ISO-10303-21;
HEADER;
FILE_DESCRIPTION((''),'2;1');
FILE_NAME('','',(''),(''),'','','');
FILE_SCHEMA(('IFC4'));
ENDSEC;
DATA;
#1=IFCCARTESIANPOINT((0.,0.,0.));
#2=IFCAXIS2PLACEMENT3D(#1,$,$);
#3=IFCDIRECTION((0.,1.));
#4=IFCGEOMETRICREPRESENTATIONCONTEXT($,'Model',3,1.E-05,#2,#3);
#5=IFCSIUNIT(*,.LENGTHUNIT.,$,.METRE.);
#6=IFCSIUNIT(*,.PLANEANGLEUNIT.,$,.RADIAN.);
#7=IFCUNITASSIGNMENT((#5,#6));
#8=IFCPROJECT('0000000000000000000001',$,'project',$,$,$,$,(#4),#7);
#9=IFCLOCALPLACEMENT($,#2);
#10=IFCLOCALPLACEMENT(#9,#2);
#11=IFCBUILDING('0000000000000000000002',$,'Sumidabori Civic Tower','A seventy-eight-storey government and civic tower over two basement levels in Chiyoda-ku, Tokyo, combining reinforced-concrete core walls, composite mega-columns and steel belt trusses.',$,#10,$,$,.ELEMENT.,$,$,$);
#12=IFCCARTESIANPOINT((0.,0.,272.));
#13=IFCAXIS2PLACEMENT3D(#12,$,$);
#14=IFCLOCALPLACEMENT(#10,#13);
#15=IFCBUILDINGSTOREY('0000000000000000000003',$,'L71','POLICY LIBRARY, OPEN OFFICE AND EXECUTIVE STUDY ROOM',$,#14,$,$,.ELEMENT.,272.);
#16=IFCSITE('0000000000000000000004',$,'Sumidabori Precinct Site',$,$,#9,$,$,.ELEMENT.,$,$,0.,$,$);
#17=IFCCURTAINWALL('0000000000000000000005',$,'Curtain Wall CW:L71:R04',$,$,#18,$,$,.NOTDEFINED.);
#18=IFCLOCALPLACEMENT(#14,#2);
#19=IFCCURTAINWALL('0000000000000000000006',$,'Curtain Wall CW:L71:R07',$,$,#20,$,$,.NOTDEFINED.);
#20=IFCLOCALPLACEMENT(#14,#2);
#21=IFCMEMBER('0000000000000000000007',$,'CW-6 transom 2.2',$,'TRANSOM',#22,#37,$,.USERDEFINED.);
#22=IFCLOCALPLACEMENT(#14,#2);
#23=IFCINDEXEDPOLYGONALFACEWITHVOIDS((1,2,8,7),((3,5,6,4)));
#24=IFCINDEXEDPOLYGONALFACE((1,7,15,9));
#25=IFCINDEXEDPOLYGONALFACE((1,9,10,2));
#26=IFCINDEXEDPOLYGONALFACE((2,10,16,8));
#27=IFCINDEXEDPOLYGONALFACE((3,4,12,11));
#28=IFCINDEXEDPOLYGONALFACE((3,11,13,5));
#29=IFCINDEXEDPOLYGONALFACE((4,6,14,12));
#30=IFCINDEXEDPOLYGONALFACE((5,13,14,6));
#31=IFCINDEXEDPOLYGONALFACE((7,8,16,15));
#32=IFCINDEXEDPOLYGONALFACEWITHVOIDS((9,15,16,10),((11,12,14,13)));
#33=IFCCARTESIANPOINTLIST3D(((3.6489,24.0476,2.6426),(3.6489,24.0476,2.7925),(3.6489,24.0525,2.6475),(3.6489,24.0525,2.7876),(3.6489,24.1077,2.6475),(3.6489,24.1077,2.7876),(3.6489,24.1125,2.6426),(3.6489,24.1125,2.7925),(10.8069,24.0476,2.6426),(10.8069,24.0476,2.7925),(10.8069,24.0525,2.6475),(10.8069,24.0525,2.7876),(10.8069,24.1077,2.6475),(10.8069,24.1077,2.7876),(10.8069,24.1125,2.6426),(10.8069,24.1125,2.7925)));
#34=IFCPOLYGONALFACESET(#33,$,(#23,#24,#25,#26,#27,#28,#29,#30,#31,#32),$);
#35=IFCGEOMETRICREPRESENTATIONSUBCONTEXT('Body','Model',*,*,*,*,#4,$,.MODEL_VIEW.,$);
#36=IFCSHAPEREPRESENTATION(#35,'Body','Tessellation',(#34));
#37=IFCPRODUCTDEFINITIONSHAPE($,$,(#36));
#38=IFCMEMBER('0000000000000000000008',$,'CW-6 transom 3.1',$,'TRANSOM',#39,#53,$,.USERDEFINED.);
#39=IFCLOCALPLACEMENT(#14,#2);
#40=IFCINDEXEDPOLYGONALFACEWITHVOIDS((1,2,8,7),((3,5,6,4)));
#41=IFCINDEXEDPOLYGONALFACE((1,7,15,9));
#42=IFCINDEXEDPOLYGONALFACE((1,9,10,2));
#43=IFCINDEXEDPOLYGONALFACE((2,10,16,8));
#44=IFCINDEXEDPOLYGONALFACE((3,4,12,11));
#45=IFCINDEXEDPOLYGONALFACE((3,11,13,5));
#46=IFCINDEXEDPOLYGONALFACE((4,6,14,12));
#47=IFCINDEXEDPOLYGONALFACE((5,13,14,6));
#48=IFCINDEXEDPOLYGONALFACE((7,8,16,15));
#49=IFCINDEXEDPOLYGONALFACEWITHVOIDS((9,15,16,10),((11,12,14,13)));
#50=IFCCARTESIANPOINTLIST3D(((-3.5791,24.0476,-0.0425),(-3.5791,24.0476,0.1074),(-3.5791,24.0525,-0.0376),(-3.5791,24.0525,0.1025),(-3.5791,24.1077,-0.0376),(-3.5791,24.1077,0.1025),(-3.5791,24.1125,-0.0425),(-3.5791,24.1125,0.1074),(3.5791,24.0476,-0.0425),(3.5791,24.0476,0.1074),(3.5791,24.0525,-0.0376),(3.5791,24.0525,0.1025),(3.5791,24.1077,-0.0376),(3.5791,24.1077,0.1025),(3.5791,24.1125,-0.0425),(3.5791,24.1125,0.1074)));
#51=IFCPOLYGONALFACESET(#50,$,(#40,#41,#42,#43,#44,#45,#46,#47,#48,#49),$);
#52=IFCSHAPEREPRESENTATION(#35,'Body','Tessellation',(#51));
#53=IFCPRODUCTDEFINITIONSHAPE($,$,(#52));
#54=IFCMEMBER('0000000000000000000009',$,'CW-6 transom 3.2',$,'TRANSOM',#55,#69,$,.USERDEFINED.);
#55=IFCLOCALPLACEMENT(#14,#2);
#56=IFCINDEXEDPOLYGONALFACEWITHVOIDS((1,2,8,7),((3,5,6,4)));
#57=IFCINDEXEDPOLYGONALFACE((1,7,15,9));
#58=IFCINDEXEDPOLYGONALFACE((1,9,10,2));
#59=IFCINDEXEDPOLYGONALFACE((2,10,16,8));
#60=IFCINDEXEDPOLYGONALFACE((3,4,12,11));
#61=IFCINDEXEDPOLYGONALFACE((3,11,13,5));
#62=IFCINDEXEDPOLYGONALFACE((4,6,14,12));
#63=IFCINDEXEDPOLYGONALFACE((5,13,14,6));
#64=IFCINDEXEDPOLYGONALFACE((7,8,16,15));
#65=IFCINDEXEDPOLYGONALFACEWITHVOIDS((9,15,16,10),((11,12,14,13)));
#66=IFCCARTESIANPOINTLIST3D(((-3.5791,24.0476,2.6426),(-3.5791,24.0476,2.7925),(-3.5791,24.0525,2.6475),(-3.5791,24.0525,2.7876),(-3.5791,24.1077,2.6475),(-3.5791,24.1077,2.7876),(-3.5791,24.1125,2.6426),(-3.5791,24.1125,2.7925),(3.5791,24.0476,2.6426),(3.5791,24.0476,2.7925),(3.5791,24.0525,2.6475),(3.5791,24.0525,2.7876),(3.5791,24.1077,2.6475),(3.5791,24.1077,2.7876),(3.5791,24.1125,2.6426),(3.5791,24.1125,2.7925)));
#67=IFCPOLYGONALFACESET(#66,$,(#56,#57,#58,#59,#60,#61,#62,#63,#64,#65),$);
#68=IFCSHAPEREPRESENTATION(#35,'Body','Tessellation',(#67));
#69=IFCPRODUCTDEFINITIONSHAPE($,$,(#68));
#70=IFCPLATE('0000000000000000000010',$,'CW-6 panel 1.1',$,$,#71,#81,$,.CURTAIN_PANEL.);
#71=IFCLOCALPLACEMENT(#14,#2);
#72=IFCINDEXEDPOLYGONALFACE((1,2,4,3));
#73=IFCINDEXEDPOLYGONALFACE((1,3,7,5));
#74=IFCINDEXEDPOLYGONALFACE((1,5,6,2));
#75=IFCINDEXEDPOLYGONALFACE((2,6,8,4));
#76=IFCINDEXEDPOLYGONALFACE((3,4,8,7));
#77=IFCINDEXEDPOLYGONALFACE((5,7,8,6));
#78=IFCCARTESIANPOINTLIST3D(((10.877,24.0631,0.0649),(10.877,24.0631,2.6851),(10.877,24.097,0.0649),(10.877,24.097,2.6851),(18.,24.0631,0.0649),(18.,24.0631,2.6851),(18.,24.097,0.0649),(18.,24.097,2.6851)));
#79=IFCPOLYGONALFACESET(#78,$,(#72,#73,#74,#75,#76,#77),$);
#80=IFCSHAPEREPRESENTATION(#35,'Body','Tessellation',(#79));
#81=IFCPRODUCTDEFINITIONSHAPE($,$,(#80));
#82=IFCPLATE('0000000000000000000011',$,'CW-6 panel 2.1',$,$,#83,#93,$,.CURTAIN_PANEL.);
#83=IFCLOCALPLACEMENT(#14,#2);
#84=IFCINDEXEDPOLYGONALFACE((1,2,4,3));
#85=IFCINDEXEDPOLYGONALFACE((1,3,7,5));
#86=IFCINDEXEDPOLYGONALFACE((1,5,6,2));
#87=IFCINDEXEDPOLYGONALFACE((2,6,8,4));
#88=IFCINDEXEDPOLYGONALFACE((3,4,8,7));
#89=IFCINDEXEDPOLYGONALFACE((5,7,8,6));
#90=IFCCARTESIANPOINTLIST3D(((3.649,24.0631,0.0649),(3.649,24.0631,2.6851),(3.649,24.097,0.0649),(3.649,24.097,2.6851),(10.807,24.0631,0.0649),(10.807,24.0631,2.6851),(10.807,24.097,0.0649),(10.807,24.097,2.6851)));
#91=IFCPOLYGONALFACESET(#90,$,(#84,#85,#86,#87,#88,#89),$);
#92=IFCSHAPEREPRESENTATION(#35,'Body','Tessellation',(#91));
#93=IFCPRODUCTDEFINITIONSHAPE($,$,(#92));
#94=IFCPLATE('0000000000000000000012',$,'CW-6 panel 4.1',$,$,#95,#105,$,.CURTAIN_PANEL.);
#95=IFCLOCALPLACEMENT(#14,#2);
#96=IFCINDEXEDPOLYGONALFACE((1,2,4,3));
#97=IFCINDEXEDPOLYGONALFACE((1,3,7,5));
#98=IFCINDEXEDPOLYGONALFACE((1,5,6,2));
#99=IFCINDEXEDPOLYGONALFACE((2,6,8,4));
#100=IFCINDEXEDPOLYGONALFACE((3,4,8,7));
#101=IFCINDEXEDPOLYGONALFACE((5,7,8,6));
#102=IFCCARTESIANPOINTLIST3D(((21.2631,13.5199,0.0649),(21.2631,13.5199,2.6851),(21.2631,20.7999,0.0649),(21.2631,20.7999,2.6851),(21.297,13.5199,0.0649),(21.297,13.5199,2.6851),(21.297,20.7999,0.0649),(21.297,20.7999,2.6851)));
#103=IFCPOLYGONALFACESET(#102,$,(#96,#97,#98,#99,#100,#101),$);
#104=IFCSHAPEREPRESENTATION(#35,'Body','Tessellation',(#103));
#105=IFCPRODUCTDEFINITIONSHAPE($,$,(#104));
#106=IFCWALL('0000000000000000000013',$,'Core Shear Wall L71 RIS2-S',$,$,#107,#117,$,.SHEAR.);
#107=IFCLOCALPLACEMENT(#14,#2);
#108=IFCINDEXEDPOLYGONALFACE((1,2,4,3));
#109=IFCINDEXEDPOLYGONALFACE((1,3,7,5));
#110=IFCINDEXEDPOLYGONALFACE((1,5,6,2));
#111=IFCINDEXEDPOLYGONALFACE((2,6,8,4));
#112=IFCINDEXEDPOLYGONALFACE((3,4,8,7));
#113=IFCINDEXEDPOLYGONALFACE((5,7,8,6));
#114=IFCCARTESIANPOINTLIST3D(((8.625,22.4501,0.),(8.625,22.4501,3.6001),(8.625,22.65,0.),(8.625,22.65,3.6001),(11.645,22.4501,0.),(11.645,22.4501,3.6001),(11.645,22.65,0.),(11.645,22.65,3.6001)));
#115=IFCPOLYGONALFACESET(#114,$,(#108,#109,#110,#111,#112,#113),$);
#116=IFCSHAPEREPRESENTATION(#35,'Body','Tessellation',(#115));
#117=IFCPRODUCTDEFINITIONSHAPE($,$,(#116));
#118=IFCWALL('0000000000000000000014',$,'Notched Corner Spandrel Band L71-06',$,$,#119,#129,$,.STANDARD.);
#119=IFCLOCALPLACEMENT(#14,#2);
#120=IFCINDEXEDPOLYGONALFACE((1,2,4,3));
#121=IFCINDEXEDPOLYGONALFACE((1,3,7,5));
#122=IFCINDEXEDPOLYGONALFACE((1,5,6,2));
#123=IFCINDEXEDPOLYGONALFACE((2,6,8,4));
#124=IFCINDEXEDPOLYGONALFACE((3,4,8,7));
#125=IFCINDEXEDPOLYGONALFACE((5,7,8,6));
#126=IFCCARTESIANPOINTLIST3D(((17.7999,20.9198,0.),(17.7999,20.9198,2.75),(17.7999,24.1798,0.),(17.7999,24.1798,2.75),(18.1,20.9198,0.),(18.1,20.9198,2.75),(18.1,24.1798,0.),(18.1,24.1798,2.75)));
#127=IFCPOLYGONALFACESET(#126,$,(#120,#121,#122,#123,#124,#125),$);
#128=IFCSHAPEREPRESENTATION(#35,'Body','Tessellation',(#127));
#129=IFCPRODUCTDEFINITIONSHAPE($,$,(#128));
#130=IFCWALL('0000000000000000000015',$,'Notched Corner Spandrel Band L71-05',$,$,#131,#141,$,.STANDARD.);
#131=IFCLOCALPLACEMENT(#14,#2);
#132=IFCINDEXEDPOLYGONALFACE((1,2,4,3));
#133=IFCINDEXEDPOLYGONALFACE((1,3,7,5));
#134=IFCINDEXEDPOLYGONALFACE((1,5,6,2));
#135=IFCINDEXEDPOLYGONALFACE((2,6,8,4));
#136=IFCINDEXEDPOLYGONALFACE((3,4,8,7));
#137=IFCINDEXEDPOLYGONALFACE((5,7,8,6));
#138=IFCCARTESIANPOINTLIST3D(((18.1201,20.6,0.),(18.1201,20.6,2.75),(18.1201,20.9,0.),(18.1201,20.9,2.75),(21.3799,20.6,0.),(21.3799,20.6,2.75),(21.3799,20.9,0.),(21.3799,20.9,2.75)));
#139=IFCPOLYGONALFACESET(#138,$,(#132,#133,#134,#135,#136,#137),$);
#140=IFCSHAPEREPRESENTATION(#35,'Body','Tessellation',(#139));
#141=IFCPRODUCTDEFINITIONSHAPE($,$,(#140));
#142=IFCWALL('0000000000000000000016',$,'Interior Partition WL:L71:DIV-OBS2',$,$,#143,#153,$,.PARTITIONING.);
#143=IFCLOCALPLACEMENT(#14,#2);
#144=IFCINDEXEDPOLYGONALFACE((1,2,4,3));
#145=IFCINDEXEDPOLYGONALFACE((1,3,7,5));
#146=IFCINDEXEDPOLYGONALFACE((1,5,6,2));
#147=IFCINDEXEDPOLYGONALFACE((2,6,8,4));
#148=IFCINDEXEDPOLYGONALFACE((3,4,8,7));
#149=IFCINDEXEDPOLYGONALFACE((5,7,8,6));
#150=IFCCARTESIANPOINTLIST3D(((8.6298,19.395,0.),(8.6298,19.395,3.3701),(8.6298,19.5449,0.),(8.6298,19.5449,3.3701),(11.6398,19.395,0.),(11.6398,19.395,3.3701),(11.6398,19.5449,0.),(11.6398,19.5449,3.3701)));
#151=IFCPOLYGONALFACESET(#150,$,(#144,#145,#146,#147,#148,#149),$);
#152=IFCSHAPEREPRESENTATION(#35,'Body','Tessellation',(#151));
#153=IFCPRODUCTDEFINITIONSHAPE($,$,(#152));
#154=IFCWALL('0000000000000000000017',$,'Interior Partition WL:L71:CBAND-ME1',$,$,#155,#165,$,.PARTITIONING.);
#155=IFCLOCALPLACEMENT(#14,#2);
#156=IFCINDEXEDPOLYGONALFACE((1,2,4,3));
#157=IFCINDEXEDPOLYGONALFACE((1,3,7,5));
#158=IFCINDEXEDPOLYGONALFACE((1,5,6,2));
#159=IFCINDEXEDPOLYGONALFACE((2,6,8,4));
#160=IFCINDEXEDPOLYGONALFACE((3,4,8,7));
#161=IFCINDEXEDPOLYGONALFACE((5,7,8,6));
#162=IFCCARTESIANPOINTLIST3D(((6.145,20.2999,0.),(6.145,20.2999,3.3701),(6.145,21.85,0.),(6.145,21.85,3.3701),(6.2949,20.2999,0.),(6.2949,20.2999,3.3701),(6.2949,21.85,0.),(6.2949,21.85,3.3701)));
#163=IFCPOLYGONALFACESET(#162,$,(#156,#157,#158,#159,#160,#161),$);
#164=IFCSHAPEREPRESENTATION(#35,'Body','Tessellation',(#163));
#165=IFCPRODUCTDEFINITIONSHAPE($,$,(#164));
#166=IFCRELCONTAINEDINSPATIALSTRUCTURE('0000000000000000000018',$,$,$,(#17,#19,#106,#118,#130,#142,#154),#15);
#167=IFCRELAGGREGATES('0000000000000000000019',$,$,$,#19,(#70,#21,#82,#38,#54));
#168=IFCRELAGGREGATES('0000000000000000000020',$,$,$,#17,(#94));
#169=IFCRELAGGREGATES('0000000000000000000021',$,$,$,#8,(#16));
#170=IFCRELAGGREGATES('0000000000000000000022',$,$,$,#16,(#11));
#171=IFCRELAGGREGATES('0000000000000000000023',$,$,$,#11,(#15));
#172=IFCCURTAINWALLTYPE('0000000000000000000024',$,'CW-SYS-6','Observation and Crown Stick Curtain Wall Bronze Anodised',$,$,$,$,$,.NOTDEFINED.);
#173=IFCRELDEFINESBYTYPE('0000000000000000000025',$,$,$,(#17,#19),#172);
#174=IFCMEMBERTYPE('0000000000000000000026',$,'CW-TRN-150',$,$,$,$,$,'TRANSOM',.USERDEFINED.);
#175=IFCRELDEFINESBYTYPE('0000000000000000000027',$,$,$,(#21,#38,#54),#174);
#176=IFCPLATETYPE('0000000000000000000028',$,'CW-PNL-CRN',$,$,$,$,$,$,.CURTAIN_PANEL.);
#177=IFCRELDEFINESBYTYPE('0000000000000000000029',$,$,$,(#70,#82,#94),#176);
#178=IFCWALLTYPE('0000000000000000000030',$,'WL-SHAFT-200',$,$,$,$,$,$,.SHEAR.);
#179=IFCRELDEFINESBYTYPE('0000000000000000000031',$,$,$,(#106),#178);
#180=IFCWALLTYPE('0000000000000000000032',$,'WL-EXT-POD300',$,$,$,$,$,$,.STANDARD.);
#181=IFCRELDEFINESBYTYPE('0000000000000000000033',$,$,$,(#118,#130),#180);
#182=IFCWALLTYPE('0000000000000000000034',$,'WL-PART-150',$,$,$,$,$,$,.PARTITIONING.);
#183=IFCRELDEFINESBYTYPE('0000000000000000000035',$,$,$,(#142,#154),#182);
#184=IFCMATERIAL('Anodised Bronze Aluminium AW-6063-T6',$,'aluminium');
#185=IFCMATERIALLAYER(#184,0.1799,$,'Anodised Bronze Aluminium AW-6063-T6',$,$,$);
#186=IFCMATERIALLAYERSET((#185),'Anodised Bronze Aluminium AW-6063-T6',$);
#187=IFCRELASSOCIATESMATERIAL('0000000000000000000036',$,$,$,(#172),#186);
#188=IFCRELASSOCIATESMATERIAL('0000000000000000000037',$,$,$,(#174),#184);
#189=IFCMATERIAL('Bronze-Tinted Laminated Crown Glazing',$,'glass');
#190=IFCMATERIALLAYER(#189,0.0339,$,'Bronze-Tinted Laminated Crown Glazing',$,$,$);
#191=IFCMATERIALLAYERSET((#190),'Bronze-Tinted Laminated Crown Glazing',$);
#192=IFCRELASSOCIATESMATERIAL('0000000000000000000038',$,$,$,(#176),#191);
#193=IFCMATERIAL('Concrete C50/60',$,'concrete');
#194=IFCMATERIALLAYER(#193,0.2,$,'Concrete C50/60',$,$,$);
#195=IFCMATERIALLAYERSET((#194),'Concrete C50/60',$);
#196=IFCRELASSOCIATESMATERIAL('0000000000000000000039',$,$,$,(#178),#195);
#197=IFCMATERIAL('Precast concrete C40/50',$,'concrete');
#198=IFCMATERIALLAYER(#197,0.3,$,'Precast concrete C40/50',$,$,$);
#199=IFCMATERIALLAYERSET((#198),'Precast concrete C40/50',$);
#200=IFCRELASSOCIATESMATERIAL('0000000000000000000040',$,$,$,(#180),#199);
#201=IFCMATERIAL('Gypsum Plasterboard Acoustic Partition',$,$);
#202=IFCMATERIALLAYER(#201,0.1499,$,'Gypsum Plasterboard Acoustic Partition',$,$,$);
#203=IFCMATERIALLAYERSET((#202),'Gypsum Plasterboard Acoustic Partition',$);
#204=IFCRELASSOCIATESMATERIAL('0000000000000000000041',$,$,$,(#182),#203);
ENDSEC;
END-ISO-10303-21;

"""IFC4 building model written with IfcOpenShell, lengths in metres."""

from ifc_helpers import new_model, si_unit, direction, frame, frame_2d, origin, origin_2d, place, context, subcontext, project, spatial, rectangle, hollow_rectangle, extrude, source, transform, mapped, material, layer, layer_set, material_profile, profile_set, type_object, element, aggregate, save


model = new_model("IFC4")

# Units and contexts
model_context = context("Model", 3, precision=1e-05, world=origin(), true_north=direction((0.0, 1.0)))
body_context = subcontext(model_context, "Body", "Model", "MODEL_VIEW")
ifc_project = project(units=[si_unit("LENGTHUNIT", "METRE"), si_unit("PLANEANGLEUNIT", "RADIAN")], contexts=[model_context])

# Site, building, storey
site_placement = place(None, origin())
site = spatial("IfcSite", under=ifc_project, at=site_placement, Name="Sumidabori Precinct Site", CompositionType="ELEMENT", RefElevation=0.0)
building_placement = place(site_placement, origin())
building = spatial("IfcBuilding", under=site, at=building_placement, Name="Sumidabori Civic Tower", Description="A seventy-eight-storey government and civic tower over two basement levels in Chiyoda-ku, Tokyo, combining reinforced-concrete core walls, composite mega-columns and steel belt trusses.", CompositionType="ELEMENT")
storey_placement = place(building_placement, frame((0.0, 0.0, 272.0)))
storey = spatial("IfcBuildingStorey", under=building, at=storey_placement, Name="L71", Description="POLICY LIBRARY, OPEN OFFICE AND EXECUTIVE STUDY ROOM", CompositionType="ELEMENT", Elevation=272.0)

# Shared definitions
ifc_material_1 = material(Name="Concrete C50/60", Category="concrete")

# Curtain wall
ifc_material_2 = material(Name="Anodised Bronze Aluminium AW-6063-T6", Category="aluminium")
ifc_layer_1 = layer(ifc_material_2, 0.1799, Name="Anodised Bronze Aluminium AW-6063-T6")
ifc_layer_set_1 = layer_set([ifc_layer_1], Name="Anodised Bronze Aluminium AW-6063-T6")
curtain_wall_type = type_object("IfcCurtainWallType", Name="CW-SYS-6", Description="Observation and Crown Stick Curtain Wall Bronze Anodised", PredefinedType="NOTDEFINED", material=ifc_layer_set_1)
curtain_wall_1_placement = place(storey_placement, origin())
curtain_wall_1 = element("IfcCurtainWall", 1, at=curtain_wall_1_placement, inside=storey, type_object=curtain_wall_type, Name="Curtain Wall CW:L71:R04", PredefinedType="NOTDEFINED")

# Curtain wall, members, plates
curtain_wall_2_placement = place(storey_placement, origin())
curtain_wall_2 = element("IfcCurtainWall", 2, at=curtain_wall_2_placement, inside=storey, type_object=curtain_wall_type, Name="Curtain Wall CW:L71:R07", PredefinedType="NOTDEFINED")
ifc_material_profile_1 = material_profile(ifc_material_2, hollow_rectangle(XDim=0.0649, YDim=0.1499, WallThickness=0.0049, at=origin_2d()), Name="ALU TRANSOM 150x65")
ifc_profile_set_1 = profile_set([ifc_material_profile_1], Name="Anodised Bronze Aluminium AW-6063-T6")
member_type_1 = type_object("IfcMemberType", Name="CW-TRN-150", ElementType="TRANSOM", PredefinedType="USERDEFINED", material=ifc_profile_set_1)
shared_shape_1 = source(origin(), body_context, "Body", "SweptSolid", [
    extrude(hollow_rectangle(XDim=0.0649, YDim=0.1499, WallThickness=0.0049, at=origin_2d()), origin(), (0.0, 0.0, 1.0), 7.158),
])
member_1_placement = place(storey_placement, frame((10.8069, 24.0801, 2.7175), z_axis=(-1.0, 0.0, 0.0), x_axis=(0.0, -1.0, 0.0)))
member_1 = element("IfcMember", 3, at=member_1_placement, type_object=member_type_1, Name="CW-6 transom 2.2", ObjectType="TRANSOM", PredefinedType="USERDEFINED", context=body_context, shape_type="MappedRepresentation", body=[
    mapped(shared_shape_1, transform((0.0, 0.0, 0.0), x_axis=(1.0, 0.0, 0.0), y_axis=(0.0, 1.0, 0.0), z_axis=(0.0, 0.0, 1.0), scale=1.0)),
])
shared_shape_2 = source(origin(), body_context, "Body", "SweptSolid", [
    extrude(hollow_rectangle(XDim=0.0649, YDim=0.1499, WallThickness=0.0049, at=origin_2d()), origin(), (0.0, 0.0, 1.0), 7.1582),
])
member_2_placement = place(storey_placement, frame((3.5791, 24.0801, 0.0325), z_axis=(-1.0, 0.0, 0.0), x_axis=(0.0, -1.0, 0.0)))
member_2 = element("IfcMember", 4, at=member_2_placement, type_object=member_type_1, Name="CW-6 transom 3.1", ObjectType="TRANSOM", PredefinedType="USERDEFINED", context=body_context, shape_type="MappedRepresentation", body=[
    mapped(shared_shape_2, transform((0.0, 0.0, 0.0), x_axis=(1.0, 0.0, 0.0), y_axis=(0.0, 1.0, 0.0), z_axis=(0.0, 0.0, 1.0), scale=1.0)),
])
member_3_placement = place(storey_placement, frame((3.5791, 24.0801, 2.7175), z_axis=(-1.0, 0.0, 0.0), x_axis=(0.0, -1.0, 0.0)))
member_3 = element("IfcMember", 5, at=member_3_placement, type_object=member_type_1, Name="CW-6 transom 3.2", ObjectType="TRANSOM", PredefinedType="USERDEFINED", context=body_context, shape_type="MappedRepresentation", body=[
    mapped(shared_shape_2, transform((0.0, 0.0, 0.0), x_axis=(1.0, 0.0, 0.0), y_axis=(0.0, 1.0, 0.0), z_axis=(0.0, 0.0, 1.0), scale=1.0)),
])
ifc_material_3 = material(Name="Bronze-Tinted Laminated Crown Glazing", Category="glass")
ifc_layer_2 = layer(ifc_material_3, 0.0339, Name="Bronze-Tinted Laminated Crown Glazing")
ifc_layer_set_2 = layer_set([ifc_layer_2], Name="Bronze-Tinted Laminated Crown Glazing")
plate_type = type_object("IfcPlateType", Name="CW-PNL-CRN", PredefinedType="CURTAIN_PANEL", material=ifc_layer_set_2)
shared_shape_3 = source(origin(), body_context, "Body", "SweptSolid", [
    extrude(rectangle(XDim=7.123, YDim=0.0339, at=origin_2d()), origin(), (0.0, 0.0, 1.0), 2.6201),
])
plate_1_placement = place(storey_placement, frame((14.4385, 24.0801, 0.0649), z_axis=(0.0, 0.0, 1.0), x_axis=(-1.0, 0.0, 0.0)))
plate_1 = element("IfcPlate", 6, at=plate_1_placement, type_object=plate_type, Name="CW-6 panel 1.1", PredefinedType="CURTAIN_PANEL", context=body_context, shape_type="MappedRepresentation", body=[
    mapped(shared_shape_3, transform((0.0, 0.0, 0.0), x_axis=(1.0, 0.0, 0.0), y_axis=(0.0, 1.0, 0.0), z_axis=(0.0, 0.0, 1.0), scale=1.0)),
])
shared_shape_4 = source(origin(), body_context, "Body", "SweptSolid", [
    extrude(rectangle(XDim=7.158, YDim=0.0339, at=origin_2d()), origin(), (0.0, 0.0, 1.0), 2.6201),
])
plate_2_placement = place(storey_placement, frame((7.228, 24.0801, 0.0649), z_axis=(0.0, 0.0, 1.0), x_axis=(-1.0, 0.0, 0.0)))
plate_2 = element("IfcPlate", 7, at=plate_2_placement, type_object=plate_type, Name="CW-6 panel 2.1", PredefinedType="CURTAIN_PANEL", context=body_context, shape_type="MappedRepresentation", body=[
    mapped(shared_shape_4, transform((0.0, 0.0, 0.0), x_axis=(1.0, 0.0, 0.0), y_axis=(0.0, 1.0, 0.0), z_axis=(0.0, 0.0, 1.0), scale=1.0)),
])
aggregate(curtain_wall_2, [plate_1, member_1, plate_2, member_2, member_3])

# Plate
shared_shape_5 = source(origin(), body_context, "Body", "SweptSolid", [
    extrude(rectangle(XDim=7.28, YDim=0.0339, at=origin_2d()), origin(), (0.0, 0.0, 1.0), 2.6201),
])
plate_3_placement = place(storey_placement, frame((21.28, 17.1599, 0.0649), z_axis=(0.0, 0.0, 1.0), x_axis=(0.0, 1.0, 0.0)))
plate_3 = element("IfcPlate", 8, at=plate_3_placement, type_object=plate_type, Name="CW-6 panel 4.1", PredefinedType="CURTAIN_PANEL", context=body_context, shape_type="MappedRepresentation", body=[
    mapped(shared_shape_5, transform((0.0, 0.0, 0.0), x_axis=(1.0, 0.0, 0.0), y_axis=(0.0, 1.0, 0.0), z_axis=(0.0, 0.0, 1.0), scale=1.0)),
])
aggregate(curtain_wall_1, [plate_3])

# Walls
ifc_layer_3 = layer(ifc_material_1, 0.2, Name="Concrete C50/60")
ifc_layer_set_3 = layer_set([ifc_layer_3], Name="Concrete C50/60")
wall_type_1 = type_object("IfcWallType", Name="WL-SHAFT-200", PredefinedType="SHEAR", material=ifc_layer_set_3)
shared_shape_6 = source(origin(), body_context, "Body", "SweptSolid", [
    extrude(rectangle(XDim=3.02, YDim=0.2, at=frame_2d((1.51, 0.0))), origin(), (0.0, 0.0, 1.0), 3.6001),
])
wall_1_placement = place(storey_placement, frame((8.625, 22.55, 0.0), z_axis=(0.0, 0.0, 1.0), x_axis=(1.0, 0.0, 0.0)))
element("IfcWall", 9, at=wall_1_placement, inside=storey, type_object=wall_type_1, Name="Core Shear Wall L71 RIS2-S", PredefinedType="SHEAR", context=body_context, shape_type="MappedRepresentation", body=[
    mapped(shared_shape_6, transform((0.0, 0.0, 0.0), x_axis=(1.0, 0.0, 0.0), y_axis=(0.0, 1.0, 0.0), z_axis=(0.0, 0.0, 1.0), scale=1.0)),
])
ifc_material_4 = material(Name="Precast concrete C40/50", Category="concrete")
ifc_layer_4 = layer(ifc_material_4, 0.3, Name="Precast concrete C40/50")
ifc_layer_set_4 = layer_set([ifc_layer_4], Name="Precast concrete C40/50")
wall_type_2 = type_object("IfcWallType", Name="WL-EXT-POD300", PredefinedType="STANDARD", material=ifc_layer_set_4)
shared_shape_7 = source(origin(), body_context, "Body", "SweptSolid", [
    extrude(rectangle(XDim=3.26, YDim=0.3, at=frame_2d((1.6299, 0.0))), origin(), (0.0, 0.0, 1.0), 2.75),
])
wall_2_placement = place(storey_placement, frame((17.95, 20.9199, 0.0), z_axis=(0.0, 0.0, 1.0), x_axis=(0.0, 1.0, 0.0)))
element("IfcWall", 10, at=wall_2_placement, inside=storey, type_object=wall_type_2, Name="Notched Corner Spandrel Band L71-06", PredefinedType="STANDARD", context=body_context, shape_type="MappedRepresentation", body=[
    mapped(shared_shape_7, transform((0.0, 0.0, 0.0), x_axis=(1.0, 0.0, 0.0), y_axis=(0.0, 1.0, 0.0), z_axis=(0.0, 0.0, 1.0), scale=1.0)),
])
shared_shape_8 = source(origin(), body_context, "Body", "SweptSolid", [
    extrude(rectangle(XDim=3.2598, YDim=0.3, at=frame_2d((1.6299, 0.0))), origin(), (0.0, 0.0, 1.0), 2.75),
])
wall_3_placement = place(storey_placement, frame((21.3799, 20.75, 0.0), z_axis=(0.0, 0.0, 1.0), x_axis=(-1.0, 0.0, 0.0)))
element("IfcWall", 11, at=wall_3_placement, inside=storey, type_object=wall_type_2, Name="Notched Corner Spandrel Band L71-05", PredefinedType="STANDARD", context=body_context, shape_type="MappedRepresentation", body=[
    mapped(shared_shape_8, transform((0.0, 0.0, 0.0), x_axis=(1.0, 0.0, 0.0), y_axis=(0.0, 1.0, 0.0), z_axis=(0.0, 0.0, 1.0), scale=1.0)),
])
ifc_material_5 = material(Name="Gypsum Plasterboard Acoustic Partition")
ifc_layer_5 = layer(ifc_material_5, 0.1499, Name="Gypsum Plasterboard Acoustic Partition")
ifc_layer_set_5 = layer_set([ifc_layer_5], Name="Gypsum Plasterboard Acoustic Partition")
wall_type_3 = type_object("IfcWallType", Name="WL-PART-150", PredefinedType="PARTITIONING", material=ifc_layer_set_5)
shared_shape_9 = source(origin(), body_context, "Body", "SweptSolid", [
    extrude(rectangle(XDim=3.01, YDim=0.1499, at=frame_2d((1.5049, 0.0))), origin(), (0.0, 0.0, 1.0), 3.3701),
])
wall_4_placement = place(storey_placement, frame((8.6299, 19.47, 0.0), z_axis=(0.0, 0.0, 1.0), x_axis=(1.0, 0.0, 0.0)))
element("IfcWall", 12, at=wall_4_placement, inside=storey, type_object=wall_type_3, Name="Interior Partition WL:L71:DIV-OBS2", PredefinedType="PARTITIONING", context=body_context, shape_type="MappedRepresentation", body=[
    mapped(shared_shape_9, transform((0.0, 0.0, 0.0), x_axis=(1.0, 0.0, 0.0), y_axis=(0.0, 1.0, 0.0), z_axis=(0.0, 0.0, 1.0), scale=1.0)),
])
shared_shape_10 = source(origin(), body_context, "Body", "SweptSolid", [
    extrude(rectangle(XDim=1.55, YDim=0.1499, at=frame_2d((0.7749, 0.0))), origin(), (0.0, 0.0, 1.0), 3.3701),
])
wall_5_placement = place(storey_placement, frame((6.22, 20.3, 0.0), z_axis=(0.0, 0.0, 1.0), x_axis=(0.0, 1.0, 0.0)))
element("IfcWall", 13, at=wall_5_placement, inside=storey, type_object=wall_type_3, Name="Interior Partition WL:L71:CBAND-ME1", PredefinedType="PARTITIONING", context=body_context, shape_type="MappedRepresentation", body=[
    mapped(shared_shape_10, transform((0.0, 0.0, 0.0), x_axis=(1.0, 0.0, 0.0), y_axis=(0.0, 1.0, 0.0), z_axis=(0.0, 0.0, 1.0), scale=1.0)),
])

save(model, "model.ifc")
